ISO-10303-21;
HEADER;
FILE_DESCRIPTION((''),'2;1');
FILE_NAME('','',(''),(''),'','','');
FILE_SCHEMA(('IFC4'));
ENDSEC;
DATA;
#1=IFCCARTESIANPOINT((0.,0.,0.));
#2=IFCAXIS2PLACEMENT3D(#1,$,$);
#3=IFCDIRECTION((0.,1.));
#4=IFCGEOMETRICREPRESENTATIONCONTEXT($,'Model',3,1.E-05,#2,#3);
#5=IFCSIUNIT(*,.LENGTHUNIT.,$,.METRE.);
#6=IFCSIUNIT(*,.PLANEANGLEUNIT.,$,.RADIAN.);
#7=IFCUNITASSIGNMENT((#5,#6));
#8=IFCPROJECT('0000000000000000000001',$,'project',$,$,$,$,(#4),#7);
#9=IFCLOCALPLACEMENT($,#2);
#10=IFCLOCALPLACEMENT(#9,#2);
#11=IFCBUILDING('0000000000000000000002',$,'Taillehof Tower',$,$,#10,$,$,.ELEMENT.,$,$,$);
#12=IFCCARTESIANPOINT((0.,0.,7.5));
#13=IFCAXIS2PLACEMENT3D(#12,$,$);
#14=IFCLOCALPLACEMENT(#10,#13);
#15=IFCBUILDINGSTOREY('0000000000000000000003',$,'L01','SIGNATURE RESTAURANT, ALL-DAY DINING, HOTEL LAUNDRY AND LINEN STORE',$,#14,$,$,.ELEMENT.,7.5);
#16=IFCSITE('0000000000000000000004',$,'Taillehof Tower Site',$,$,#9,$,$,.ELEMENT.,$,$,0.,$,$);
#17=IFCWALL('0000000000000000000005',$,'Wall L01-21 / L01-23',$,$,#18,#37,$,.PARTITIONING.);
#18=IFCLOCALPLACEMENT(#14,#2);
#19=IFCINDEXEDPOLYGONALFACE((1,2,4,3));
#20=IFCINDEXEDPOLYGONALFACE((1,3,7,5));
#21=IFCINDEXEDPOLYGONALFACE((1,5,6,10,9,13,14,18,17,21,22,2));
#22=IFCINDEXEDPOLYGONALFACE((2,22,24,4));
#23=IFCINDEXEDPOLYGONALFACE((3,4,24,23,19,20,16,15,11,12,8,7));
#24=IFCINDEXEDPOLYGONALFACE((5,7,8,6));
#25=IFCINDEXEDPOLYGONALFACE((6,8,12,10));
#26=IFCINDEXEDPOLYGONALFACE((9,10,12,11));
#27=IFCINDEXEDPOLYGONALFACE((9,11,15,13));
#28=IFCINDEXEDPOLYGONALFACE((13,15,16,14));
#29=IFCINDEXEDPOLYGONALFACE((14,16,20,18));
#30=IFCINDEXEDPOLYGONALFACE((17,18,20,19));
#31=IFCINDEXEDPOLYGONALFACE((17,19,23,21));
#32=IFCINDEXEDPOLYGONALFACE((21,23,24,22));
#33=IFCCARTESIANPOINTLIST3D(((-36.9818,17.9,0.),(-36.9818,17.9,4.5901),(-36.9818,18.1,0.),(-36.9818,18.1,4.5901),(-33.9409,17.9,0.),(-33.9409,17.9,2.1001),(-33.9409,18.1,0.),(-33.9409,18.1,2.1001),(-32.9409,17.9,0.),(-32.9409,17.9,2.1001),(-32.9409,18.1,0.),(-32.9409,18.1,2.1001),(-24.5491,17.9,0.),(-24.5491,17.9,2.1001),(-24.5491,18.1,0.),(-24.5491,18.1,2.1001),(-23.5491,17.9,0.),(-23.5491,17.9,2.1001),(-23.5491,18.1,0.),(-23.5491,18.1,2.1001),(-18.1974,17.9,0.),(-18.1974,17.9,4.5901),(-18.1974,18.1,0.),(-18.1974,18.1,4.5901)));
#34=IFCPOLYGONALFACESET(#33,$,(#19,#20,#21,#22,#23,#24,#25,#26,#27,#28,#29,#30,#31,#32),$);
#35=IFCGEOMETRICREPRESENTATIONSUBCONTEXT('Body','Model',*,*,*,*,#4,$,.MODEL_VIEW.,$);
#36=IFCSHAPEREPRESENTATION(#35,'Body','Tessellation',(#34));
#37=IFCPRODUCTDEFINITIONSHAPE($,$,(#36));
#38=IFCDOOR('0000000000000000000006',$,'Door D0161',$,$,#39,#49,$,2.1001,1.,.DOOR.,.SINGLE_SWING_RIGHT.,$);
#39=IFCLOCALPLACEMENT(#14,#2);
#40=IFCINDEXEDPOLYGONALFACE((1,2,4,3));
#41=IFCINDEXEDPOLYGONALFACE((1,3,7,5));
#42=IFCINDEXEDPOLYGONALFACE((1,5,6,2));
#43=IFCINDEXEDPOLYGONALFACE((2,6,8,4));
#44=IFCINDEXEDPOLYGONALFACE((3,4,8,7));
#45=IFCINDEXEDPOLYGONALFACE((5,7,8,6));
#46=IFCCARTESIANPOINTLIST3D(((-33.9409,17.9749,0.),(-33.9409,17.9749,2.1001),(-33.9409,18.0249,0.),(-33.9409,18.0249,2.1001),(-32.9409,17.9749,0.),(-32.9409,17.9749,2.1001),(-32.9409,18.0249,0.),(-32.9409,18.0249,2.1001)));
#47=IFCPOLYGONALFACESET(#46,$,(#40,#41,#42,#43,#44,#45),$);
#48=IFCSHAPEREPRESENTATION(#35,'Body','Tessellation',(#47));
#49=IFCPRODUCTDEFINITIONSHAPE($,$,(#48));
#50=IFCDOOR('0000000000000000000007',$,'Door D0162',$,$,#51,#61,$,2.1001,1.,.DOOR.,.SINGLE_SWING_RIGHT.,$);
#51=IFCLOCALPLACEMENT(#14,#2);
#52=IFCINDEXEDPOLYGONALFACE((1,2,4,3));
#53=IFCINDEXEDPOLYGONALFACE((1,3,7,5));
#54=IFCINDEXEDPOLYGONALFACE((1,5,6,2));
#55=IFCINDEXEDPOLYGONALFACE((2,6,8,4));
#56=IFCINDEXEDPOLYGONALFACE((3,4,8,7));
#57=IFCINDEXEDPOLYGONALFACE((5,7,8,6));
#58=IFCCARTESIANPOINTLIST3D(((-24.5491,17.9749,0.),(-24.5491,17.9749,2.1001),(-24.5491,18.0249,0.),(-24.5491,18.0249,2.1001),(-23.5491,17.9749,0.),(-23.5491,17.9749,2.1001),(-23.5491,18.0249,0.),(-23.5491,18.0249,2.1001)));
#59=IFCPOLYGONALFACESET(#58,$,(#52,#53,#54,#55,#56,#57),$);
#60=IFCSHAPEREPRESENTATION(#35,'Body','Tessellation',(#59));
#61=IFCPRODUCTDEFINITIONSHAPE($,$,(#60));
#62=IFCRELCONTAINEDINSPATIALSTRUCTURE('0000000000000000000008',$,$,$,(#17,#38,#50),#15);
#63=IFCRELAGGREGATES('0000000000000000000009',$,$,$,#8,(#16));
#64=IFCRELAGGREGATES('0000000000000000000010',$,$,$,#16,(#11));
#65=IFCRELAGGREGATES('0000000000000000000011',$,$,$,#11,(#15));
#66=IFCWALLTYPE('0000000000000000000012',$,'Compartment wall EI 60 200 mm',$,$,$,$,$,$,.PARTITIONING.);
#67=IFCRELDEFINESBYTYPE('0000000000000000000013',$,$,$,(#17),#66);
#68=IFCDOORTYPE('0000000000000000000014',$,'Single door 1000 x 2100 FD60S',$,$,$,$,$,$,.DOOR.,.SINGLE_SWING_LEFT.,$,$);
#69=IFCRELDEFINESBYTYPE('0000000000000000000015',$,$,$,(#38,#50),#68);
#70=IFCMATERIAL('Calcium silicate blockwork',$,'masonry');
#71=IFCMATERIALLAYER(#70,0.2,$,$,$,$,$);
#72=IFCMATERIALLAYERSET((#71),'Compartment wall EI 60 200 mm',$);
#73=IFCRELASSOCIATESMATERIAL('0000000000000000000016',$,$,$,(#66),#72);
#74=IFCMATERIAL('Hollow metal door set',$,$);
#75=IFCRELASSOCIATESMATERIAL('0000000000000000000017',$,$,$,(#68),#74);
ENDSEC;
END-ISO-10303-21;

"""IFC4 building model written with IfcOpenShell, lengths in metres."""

from ifc_helpers import new_model, si_unit, direction, frame, frame_2d, origin, place, context, subcontext, project, spatial, rectangle, extrude, material, layer, layer_set, type_object, element, fill, save


model = new_model("IFC4")

# Units and contexts
model_context = context("Model", 3, precision=1e-05, world=origin(), true_north=direction((0.0, 1.0)))
body_context = subcontext(model_context, "Body", "Model", "MODEL_VIEW")
ifc_project = project(units=[si_unit("LENGTHUNIT", "METRE"), si_unit("PLANEANGLEUNIT", "RADIAN")], contexts=[model_context])

# Site, building, storey
site_placement = place(None, origin())
site = spatial("IfcSite", under=ifc_project, at=site_placement, Name="Taillehof Tower Site", CompositionType="ELEMENT", RefElevation=0.0)
building_placement = place(site_placement, origin())
building = spatial("IfcBuilding", under=site, at=building_placement, Name="Taillehof Tower", CompositionType="ELEMENT")
storey_placement = place(building_placement, frame((0.0, 0.0, 7.5)))
storey = spatial("IfcBuildingStorey", under=building, at=storey_placement, Name="L01", Description="SIGNATURE RESTAURANT, ALL-DAY DINING, HOTEL LAUNDRY AND LINEN STORE", CompositionType="ELEMENT", Elevation=7.5)

# Wall, openings, doors
ifc_material_1 = material(Name="Calcium silicate blockwork", Category="masonry")
ifc_layer_1 = layer(ifc_material_1, 0.2)
ifc_layer_set_1 = layer_set([ifc_layer_1], Name="Compartment wall EI 60 200 mm")
wall_type = type_object("IfcWallType", Name="Compartment wall EI 60 200 mm", PredefinedType="PARTITIONING", material=ifc_layer_set_1)
wall_placement = place(storey_placement, frame((-36.9817, 18.0, 0.0), z_axis=(0.0, 0.0, 1.0), x_axis=(1.0, 0.0, 0.0)))
wall = element("IfcWall", 1, at=wall_placement, inside=storey, type_object=wall_type, Name="Wall L01-21 / L01-23", PredefinedType="PARTITIONING", context=body_context, shape_type="SweptSolid", body=[
    extrude(rectangle(XDim=18.7844, YDim=0.2, at=frame_2d((9.3921, 0.0))), origin(), (0.0, 0.0, 1.0), 4.5901),
])
opening_1_placement = place(wall_placement, frame((3.0408, 0.0, 0.0)))
opening_1 = element("IfcOpeningElement", 2, at=opening_1_placement, cuts=wall, PredefinedType="OPENING", context=body_context, shape_type="SweptSolid", body=[
    extrude(rectangle(XDim=1.0, YDim=2.1001, at=frame_2d((0.5, 1.05))), frame((0.0, 0.1099, 0.0), z_axis=(0.0, -1.0, 0.0), x_axis=(1.0, 0.0, 0.0)), (0.0, 0.0, 1.0), 0.22),
])
opening_2_placement = place(wall_placement, frame((12.4326, 0.0, 0.0)))
opening_2 = element("IfcOpeningElement", 3, at=opening_2_placement, cuts=wall, PredefinedType="OPENING", context=body_context, shape_type="SweptSolid", body=[
    extrude(rectangle(XDim=1.0, YDim=2.1001, at=frame_2d((0.5, 1.05))), frame((0.0, 0.1099, 0.0), z_axis=(0.0, -1.0, 0.0), x_axis=(1.0, 0.0, 0.0)), (0.0, 0.0, 1.0), 0.22),
])
ifc_material_2 = material(Name="Hollow metal door set")
door_type = type_object("IfcDoorType", Name="Single door 1000 x 2100 FD60S", OperationType="SINGLE_SWING_LEFT", PredefinedType="DOOR", material=ifc_material_2)
door_1_placement = place(opening_1_placement, origin())
door_1 = element("IfcDoor", 4, at=door_1_placement, inside=storey, type_object=door_type, Name="Door D0161", OperationType="SINGLE_SWING_RIGHT", OverallHeight=2.1001, OverallWidth=1.0, PredefinedType="DOOR", context=body_context, shape_type="SweptSolid", body=[
    extrude(rectangle(XDim=1.0, YDim=2.1001, at=frame_2d((0.5, 1.05))), frame((0.0, 0.0249, 0.0), z_axis=(0.0, -1.0, 0.0), x_axis=(1.0, 0.0, 0.0)), (0.0, 0.0, 1.0), 0.05),
])
fill(opening_1, door_1)
door_2_placement = place(opening_2_placement, origin())
door_2 = element("IfcDoor", 5, at=door_2_placement, inside=storey, type_object=door_type, Name="Door D0162", OperationType="SINGLE_SWING_RIGHT", OverallHeight=2.1001, OverallWidth=1.0, PredefinedType="DOOR", context=body_context, shape_type="SweptSolid", body=[
    extrude(rectangle(XDim=1.0, YDim=2.1001, at=frame_2d((0.5, 1.05))), frame((0.0, 0.0249, 0.0), z_axis=(0.0, -1.0, 0.0), x_axis=(1.0, 0.0, 0.0)), (0.0, 0.0, 1.0), 0.05),
])
fill(opening_2, door_2)

save(model, "model.ifc")
